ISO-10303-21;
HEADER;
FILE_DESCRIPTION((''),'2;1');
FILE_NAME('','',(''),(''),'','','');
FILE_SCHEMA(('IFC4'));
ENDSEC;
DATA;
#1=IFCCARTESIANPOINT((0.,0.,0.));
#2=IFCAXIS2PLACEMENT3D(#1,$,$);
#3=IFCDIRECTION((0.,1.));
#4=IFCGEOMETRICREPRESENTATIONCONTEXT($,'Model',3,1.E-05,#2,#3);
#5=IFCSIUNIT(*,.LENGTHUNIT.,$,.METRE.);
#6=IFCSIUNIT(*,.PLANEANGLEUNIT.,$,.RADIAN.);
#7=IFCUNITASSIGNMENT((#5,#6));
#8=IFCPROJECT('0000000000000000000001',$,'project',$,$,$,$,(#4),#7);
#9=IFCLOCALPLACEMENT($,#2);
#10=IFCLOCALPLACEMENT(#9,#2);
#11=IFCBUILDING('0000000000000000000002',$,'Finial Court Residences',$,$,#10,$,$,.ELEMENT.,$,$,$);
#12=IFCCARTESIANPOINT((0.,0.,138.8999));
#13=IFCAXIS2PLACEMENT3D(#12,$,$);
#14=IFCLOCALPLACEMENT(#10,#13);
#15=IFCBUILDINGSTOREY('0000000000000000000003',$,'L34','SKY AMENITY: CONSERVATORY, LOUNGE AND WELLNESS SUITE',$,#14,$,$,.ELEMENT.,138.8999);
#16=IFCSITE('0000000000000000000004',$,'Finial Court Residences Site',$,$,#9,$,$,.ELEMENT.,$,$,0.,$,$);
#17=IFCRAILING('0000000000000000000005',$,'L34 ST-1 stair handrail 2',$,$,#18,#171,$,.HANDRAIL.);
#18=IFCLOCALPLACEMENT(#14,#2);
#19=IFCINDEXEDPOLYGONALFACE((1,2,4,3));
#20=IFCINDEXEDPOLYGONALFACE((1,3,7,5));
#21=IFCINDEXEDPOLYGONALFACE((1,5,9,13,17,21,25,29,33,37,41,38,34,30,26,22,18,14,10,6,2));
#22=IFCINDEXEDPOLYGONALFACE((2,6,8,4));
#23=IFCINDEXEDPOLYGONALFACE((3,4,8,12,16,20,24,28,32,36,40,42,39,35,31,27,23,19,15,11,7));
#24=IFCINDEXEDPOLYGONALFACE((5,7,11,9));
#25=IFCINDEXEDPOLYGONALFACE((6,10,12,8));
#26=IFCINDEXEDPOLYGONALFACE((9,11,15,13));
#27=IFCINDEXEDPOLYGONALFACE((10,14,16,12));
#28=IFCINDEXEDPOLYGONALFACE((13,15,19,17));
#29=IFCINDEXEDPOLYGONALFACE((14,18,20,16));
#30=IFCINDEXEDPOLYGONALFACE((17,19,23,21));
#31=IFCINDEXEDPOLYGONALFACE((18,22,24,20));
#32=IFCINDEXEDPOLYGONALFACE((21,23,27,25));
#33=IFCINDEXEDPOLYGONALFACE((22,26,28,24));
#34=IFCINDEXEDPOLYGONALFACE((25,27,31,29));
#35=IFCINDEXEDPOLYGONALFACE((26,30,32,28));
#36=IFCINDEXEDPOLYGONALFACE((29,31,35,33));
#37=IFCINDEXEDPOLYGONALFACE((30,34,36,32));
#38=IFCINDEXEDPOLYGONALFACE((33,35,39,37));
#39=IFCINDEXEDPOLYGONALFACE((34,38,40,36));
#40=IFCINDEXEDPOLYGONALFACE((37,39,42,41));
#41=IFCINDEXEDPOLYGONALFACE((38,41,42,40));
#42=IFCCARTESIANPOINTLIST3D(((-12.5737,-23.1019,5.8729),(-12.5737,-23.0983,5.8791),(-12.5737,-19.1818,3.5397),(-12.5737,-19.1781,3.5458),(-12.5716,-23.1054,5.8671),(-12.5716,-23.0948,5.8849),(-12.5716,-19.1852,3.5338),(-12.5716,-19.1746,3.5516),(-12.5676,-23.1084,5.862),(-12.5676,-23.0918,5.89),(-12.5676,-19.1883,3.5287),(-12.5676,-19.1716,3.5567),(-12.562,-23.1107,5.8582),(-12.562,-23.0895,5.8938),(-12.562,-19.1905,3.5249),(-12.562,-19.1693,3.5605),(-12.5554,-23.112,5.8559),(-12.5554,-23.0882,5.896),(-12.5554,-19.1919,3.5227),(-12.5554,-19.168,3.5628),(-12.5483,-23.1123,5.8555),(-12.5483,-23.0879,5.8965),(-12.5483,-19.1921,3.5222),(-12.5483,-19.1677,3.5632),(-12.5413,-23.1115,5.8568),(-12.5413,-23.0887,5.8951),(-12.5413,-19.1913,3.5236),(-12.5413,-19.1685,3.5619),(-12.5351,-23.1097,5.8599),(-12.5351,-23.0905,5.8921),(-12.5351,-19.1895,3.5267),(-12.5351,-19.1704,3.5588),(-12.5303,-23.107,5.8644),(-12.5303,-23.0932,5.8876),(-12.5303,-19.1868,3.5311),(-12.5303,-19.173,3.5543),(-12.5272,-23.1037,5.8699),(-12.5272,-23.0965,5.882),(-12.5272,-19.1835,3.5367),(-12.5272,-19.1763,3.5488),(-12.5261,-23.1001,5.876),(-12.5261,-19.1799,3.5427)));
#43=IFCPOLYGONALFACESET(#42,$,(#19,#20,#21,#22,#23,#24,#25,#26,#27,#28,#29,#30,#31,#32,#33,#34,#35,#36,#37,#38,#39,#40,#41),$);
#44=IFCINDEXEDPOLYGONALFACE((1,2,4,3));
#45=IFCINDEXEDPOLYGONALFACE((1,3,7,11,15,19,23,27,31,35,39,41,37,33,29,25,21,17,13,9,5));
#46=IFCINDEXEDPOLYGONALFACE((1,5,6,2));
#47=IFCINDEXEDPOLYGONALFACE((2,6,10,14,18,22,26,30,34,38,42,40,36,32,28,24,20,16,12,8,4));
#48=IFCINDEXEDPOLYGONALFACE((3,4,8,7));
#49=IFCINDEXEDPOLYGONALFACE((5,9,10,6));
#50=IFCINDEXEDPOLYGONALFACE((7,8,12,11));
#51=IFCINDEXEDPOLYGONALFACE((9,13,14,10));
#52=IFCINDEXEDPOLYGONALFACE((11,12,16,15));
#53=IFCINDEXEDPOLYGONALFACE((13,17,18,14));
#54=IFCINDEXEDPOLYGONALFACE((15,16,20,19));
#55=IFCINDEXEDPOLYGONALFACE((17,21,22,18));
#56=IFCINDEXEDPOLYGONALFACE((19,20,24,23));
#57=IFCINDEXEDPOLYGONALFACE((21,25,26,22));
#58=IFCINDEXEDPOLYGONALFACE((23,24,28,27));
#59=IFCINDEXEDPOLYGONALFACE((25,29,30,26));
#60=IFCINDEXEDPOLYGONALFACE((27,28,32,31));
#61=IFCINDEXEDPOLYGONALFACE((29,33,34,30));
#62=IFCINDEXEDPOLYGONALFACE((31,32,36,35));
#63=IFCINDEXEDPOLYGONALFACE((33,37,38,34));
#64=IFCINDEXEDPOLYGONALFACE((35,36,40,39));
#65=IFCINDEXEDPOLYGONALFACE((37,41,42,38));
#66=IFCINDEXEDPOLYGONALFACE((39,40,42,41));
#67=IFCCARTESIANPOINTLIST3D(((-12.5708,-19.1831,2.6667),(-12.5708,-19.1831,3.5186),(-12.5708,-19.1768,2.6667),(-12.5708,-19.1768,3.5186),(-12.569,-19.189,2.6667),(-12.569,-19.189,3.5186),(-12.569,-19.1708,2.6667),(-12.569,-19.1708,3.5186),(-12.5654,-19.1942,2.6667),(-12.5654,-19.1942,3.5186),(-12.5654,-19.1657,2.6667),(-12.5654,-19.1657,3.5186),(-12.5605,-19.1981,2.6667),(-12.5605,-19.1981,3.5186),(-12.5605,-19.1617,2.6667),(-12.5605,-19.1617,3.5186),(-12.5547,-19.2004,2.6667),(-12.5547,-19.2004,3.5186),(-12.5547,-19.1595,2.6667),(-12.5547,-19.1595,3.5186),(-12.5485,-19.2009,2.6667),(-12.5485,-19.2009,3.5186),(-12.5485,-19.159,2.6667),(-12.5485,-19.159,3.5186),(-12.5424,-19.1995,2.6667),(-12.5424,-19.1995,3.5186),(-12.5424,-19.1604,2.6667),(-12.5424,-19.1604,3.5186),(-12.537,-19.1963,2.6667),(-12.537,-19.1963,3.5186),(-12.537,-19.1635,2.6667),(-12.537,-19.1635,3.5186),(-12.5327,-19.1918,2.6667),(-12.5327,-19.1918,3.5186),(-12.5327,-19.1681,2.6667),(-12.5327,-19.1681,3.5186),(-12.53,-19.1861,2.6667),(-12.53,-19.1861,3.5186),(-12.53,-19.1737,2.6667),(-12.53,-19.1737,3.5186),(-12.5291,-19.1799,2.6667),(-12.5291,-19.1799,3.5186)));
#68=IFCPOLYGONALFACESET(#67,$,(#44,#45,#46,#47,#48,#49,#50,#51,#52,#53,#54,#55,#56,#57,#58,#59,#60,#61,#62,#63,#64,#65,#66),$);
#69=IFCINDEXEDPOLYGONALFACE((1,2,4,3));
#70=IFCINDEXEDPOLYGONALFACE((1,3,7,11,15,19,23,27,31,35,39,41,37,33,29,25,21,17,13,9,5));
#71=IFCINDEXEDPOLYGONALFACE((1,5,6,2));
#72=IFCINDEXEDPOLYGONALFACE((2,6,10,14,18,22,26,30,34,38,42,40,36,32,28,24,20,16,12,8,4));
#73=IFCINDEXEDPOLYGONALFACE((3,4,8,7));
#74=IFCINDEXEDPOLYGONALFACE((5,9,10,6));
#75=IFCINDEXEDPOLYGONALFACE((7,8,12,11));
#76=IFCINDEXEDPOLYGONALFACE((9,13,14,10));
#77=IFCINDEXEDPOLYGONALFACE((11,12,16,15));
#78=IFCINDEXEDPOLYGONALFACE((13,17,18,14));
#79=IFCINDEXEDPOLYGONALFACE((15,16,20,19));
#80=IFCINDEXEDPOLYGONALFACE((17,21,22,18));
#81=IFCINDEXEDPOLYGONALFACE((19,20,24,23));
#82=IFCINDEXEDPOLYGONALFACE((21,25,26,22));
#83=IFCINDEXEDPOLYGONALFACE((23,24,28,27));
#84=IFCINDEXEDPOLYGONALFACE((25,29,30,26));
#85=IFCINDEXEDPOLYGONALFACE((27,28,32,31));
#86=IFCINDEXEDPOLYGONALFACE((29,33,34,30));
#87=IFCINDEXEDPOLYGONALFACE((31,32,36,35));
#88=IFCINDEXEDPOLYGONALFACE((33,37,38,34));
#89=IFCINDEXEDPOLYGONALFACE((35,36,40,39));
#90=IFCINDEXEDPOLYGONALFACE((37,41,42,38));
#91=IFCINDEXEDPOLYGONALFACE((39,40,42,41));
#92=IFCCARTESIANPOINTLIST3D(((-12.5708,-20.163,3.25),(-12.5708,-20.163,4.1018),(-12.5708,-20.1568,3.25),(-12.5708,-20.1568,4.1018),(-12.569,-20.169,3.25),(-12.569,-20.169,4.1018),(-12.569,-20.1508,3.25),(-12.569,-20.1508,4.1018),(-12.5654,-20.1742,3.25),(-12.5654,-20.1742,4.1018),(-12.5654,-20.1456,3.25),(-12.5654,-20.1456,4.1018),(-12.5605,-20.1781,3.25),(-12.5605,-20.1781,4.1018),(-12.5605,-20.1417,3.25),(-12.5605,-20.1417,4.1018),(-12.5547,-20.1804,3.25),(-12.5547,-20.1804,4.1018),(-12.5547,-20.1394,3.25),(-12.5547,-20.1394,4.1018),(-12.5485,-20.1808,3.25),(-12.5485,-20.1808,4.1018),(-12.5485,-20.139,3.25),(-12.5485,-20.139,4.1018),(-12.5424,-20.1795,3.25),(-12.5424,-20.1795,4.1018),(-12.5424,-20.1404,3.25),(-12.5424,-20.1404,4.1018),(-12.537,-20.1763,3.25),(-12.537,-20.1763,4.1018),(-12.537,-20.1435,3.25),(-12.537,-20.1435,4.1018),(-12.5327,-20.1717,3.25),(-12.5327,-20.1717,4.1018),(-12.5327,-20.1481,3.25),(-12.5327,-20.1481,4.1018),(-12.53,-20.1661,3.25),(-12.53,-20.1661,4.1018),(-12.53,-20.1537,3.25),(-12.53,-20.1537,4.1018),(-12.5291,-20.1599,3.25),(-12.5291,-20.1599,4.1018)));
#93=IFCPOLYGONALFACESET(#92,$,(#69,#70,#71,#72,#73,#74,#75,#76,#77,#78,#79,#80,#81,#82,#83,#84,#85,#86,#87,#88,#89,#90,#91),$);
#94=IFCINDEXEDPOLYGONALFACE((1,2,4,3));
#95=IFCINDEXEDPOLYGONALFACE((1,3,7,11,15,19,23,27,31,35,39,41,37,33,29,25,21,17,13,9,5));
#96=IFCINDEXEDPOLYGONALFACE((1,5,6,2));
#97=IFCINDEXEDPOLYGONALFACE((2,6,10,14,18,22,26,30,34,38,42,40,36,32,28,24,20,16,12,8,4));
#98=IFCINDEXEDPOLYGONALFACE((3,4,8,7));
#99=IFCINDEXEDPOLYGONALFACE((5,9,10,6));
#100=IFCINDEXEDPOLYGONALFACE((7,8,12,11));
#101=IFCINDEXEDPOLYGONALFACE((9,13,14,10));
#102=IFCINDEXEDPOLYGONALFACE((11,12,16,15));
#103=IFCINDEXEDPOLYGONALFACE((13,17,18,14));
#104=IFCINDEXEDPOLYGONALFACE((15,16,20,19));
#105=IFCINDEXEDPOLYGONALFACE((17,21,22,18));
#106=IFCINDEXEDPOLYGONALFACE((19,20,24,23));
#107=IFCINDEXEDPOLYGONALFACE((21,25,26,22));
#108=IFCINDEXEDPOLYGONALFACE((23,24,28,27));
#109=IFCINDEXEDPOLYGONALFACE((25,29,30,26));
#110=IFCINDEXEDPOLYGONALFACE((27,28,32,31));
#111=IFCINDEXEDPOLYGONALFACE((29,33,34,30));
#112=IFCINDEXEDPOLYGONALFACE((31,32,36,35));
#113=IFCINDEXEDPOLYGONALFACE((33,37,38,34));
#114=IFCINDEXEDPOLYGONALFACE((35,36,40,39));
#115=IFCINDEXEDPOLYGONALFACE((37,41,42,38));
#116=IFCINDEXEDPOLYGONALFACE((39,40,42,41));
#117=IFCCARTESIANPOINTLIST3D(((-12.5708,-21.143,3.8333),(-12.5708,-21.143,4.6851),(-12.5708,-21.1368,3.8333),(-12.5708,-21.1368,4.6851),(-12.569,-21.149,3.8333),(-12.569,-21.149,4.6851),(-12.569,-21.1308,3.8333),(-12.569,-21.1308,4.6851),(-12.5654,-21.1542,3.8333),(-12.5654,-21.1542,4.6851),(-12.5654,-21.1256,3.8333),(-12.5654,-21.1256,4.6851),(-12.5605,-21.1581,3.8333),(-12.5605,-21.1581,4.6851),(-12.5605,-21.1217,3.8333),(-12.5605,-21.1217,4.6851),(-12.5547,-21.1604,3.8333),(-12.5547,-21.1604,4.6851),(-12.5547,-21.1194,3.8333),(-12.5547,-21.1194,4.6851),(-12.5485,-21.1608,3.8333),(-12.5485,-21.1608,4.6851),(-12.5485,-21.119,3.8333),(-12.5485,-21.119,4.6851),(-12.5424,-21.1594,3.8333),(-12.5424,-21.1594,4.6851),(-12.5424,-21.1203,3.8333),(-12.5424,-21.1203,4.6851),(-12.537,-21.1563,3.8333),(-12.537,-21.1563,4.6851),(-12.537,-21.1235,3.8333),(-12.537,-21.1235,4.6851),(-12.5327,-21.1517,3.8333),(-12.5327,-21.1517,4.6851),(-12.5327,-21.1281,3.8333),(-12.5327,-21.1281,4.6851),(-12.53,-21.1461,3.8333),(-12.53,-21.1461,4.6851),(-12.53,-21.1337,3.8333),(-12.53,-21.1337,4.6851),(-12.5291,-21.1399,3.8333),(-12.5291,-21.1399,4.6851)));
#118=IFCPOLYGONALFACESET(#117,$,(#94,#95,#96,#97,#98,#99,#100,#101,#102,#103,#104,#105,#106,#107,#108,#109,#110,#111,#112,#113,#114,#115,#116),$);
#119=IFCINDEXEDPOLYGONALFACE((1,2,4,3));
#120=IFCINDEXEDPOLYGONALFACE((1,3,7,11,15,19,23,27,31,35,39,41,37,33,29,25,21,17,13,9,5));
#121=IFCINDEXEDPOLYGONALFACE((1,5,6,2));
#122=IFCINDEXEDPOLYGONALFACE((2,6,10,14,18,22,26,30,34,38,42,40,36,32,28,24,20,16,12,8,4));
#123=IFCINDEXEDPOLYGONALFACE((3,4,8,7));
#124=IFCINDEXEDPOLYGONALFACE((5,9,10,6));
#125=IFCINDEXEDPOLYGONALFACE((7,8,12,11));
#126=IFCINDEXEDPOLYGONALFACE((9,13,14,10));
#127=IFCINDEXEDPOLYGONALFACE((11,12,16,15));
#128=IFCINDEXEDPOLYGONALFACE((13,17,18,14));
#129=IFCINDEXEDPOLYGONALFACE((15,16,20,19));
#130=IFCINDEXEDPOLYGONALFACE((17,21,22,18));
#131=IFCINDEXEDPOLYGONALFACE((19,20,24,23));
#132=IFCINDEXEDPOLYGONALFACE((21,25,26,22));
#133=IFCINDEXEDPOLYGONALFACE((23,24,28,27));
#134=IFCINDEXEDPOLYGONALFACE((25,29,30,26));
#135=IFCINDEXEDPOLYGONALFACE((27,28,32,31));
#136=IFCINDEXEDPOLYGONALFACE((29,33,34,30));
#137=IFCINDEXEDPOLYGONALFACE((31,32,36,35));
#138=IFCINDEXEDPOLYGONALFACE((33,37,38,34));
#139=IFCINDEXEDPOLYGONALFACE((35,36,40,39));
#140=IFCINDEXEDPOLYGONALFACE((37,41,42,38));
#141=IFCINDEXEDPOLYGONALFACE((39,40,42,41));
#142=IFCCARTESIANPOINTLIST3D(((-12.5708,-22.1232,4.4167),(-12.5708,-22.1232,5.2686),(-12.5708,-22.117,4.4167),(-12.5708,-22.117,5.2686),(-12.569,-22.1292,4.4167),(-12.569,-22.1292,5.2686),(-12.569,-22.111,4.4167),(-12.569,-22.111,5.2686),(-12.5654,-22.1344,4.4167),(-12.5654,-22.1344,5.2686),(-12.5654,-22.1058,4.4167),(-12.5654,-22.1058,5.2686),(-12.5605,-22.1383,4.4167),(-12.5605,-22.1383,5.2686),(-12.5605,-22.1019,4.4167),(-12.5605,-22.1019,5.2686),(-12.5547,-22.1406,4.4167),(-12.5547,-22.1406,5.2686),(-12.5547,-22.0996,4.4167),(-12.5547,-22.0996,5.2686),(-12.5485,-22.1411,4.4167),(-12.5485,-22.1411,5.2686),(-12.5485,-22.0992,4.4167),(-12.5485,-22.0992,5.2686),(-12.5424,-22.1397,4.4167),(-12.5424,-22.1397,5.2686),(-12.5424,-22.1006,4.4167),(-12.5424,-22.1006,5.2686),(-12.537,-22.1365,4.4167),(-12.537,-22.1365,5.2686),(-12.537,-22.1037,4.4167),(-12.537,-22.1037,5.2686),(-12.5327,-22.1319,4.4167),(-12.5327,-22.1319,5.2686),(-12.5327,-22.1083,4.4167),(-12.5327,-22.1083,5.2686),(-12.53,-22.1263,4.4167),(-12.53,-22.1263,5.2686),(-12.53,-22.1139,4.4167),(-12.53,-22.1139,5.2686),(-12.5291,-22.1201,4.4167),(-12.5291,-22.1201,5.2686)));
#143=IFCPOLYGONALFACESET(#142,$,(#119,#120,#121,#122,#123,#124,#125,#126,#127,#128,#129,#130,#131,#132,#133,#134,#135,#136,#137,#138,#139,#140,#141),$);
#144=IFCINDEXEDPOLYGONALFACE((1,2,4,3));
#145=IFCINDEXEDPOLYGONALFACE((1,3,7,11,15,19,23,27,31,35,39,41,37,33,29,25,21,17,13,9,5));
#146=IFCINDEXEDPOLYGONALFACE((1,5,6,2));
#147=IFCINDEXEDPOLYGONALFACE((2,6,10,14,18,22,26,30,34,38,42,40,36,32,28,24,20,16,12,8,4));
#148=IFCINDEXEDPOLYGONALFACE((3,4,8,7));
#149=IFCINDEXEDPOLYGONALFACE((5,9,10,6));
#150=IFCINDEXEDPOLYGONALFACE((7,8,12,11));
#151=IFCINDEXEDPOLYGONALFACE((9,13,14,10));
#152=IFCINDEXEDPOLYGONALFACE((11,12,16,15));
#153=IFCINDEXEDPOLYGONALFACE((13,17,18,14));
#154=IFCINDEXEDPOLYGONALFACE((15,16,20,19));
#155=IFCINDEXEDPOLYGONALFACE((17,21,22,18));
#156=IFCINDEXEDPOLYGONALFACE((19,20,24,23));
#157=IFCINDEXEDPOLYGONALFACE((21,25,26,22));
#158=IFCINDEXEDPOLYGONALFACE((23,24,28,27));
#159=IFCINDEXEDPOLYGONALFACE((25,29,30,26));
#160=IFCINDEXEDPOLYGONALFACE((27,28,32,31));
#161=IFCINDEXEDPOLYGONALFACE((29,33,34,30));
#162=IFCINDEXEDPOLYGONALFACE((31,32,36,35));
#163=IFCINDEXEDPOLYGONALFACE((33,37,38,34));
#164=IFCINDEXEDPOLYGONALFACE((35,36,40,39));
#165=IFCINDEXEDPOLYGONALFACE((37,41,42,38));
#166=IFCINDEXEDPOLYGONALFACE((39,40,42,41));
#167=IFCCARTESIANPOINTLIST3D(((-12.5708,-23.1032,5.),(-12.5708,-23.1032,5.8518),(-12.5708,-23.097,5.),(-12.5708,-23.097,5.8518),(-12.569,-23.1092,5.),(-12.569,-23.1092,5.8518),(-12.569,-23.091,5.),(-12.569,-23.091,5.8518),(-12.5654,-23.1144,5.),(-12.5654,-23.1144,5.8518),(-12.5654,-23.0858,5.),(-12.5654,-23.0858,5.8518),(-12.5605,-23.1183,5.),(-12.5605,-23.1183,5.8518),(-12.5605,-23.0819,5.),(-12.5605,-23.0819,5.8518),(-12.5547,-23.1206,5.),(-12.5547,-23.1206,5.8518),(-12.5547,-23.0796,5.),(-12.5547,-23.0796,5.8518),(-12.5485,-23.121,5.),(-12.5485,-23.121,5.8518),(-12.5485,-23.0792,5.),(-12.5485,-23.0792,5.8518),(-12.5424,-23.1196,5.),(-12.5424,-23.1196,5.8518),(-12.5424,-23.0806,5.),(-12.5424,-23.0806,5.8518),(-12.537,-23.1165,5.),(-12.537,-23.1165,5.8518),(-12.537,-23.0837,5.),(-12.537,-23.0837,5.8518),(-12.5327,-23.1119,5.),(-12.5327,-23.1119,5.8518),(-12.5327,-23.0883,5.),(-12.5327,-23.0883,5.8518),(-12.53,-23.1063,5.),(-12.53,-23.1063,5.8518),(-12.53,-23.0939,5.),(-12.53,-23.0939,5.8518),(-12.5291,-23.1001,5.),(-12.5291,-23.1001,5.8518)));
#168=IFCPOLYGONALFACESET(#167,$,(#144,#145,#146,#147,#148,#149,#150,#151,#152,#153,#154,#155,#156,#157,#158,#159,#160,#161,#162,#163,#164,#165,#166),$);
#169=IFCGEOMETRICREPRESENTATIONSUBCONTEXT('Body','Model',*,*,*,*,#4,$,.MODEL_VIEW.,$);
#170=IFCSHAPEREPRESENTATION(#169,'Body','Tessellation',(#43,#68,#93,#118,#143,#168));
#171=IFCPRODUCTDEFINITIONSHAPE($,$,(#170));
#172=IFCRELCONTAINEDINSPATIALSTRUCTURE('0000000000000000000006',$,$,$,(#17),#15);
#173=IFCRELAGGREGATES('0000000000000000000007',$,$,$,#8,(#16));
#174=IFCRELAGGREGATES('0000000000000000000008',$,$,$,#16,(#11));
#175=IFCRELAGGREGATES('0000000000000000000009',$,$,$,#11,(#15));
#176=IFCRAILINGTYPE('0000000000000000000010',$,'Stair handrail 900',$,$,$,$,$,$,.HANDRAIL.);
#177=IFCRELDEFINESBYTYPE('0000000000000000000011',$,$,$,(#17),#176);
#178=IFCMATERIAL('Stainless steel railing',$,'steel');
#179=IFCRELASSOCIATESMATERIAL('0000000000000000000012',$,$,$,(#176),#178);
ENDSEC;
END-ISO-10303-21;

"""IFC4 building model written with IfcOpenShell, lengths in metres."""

from ifc_helpers import new_model, si_unit, direction, frame, origin, origin_2d, place, context, subcontext, project, spatial, circle, extrude, material, type_object, element, save


model = new_model("IFC4")

# Units and contexts
model_context = context("Model", 3, precision=1e-05, world=origin(), true_north=direction((0.0, 1.0)))
body_context = subcontext(model_context, "Body", "Model", "MODEL_VIEW")
ifc_project = project(units=[si_unit("LENGTHUNIT", "METRE"), si_unit("PLANEANGLEUNIT", "RADIAN")], contexts=[model_context])

# Site, building, storey
site_placement = place(None, origin())
site = spatial("IfcSite", under=ifc_project, at=site_placement, Name="Finial Court Residences Site", CompositionType="ELEMENT", RefElevation=0.0)
building_placement = place(site_placement, origin())
building = spatial("IfcBuilding", under=site, at=building_placement, Name="Finial Court Residences", CompositionType="ELEMENT")
storey_placement = place(building_placement, frame((0.0, 0.0, 138.8999)))
storey = spatial("IfcBuildingStorey", under=building, at=storey_placement, Name="L34", Description="SKY AMENITY: CONSERVATORY, LOUNGE AND WELLNESS SUITE", CompositionType="ELEMENT", Elevation=138.8999)

# Railing
ifc_material_1 = material(Name="Stainless steel railing", Category="steel")
railing_type = type_object("IfcRailingType", Name="Stair handrail 900", PredefinedType="HANDRAIL", material=ifc_material_1)
railing_placement = place(storey_placement, frame((-12.55, -19.1799, 2.6667)))
element("IfcRailing", 1, at=railing_placement, inside=storey, type_object=railing_type, Name="L34 ST-1 stair handrail 2", PredefinedType="HANDRAIL", context=body_context, shape_type="SweptSolid", body=[
    extrude(circle(Radius=0.0239, at=origin_2d()), frame((0.0, 0.0, 0.876), z_axis=(0.0, -0.85931, 0.511455), x_axis=(1.0, 0.0, 0.0)), (0.0, 0.0, 1.0), 4.562),
    extrude(circle(Radius=0.021, at=origin_2d()), origin(), (0.0, 0.0, 1.0), 0.8518),
    extrude(circle(Radius=0.021, at=origin_2d()), frame((0.0, -0.98, 0.5833)), (0.0, 0.0, 1.0), 0.8518),
    extrude(circle(Radius=0.021, at=origin_2d()), frame((0.0, -1.96, 1.1665)), (0.0, 0.0, 1.0), 0.8518),
    extrude(circle(Radius=0.021, at=origin_2d()), frame((0.0, -2.9402, 1.75)), (0.0, 0.0, 1.0), 0.8518),
    extrude(circle(Radius=0.021, at=origin_2d()), frame((0.0, -3.9202, 2.3333)), (0.0, 0.0, 1.0), 0.8518),
])

save(model, "model.ifc")
